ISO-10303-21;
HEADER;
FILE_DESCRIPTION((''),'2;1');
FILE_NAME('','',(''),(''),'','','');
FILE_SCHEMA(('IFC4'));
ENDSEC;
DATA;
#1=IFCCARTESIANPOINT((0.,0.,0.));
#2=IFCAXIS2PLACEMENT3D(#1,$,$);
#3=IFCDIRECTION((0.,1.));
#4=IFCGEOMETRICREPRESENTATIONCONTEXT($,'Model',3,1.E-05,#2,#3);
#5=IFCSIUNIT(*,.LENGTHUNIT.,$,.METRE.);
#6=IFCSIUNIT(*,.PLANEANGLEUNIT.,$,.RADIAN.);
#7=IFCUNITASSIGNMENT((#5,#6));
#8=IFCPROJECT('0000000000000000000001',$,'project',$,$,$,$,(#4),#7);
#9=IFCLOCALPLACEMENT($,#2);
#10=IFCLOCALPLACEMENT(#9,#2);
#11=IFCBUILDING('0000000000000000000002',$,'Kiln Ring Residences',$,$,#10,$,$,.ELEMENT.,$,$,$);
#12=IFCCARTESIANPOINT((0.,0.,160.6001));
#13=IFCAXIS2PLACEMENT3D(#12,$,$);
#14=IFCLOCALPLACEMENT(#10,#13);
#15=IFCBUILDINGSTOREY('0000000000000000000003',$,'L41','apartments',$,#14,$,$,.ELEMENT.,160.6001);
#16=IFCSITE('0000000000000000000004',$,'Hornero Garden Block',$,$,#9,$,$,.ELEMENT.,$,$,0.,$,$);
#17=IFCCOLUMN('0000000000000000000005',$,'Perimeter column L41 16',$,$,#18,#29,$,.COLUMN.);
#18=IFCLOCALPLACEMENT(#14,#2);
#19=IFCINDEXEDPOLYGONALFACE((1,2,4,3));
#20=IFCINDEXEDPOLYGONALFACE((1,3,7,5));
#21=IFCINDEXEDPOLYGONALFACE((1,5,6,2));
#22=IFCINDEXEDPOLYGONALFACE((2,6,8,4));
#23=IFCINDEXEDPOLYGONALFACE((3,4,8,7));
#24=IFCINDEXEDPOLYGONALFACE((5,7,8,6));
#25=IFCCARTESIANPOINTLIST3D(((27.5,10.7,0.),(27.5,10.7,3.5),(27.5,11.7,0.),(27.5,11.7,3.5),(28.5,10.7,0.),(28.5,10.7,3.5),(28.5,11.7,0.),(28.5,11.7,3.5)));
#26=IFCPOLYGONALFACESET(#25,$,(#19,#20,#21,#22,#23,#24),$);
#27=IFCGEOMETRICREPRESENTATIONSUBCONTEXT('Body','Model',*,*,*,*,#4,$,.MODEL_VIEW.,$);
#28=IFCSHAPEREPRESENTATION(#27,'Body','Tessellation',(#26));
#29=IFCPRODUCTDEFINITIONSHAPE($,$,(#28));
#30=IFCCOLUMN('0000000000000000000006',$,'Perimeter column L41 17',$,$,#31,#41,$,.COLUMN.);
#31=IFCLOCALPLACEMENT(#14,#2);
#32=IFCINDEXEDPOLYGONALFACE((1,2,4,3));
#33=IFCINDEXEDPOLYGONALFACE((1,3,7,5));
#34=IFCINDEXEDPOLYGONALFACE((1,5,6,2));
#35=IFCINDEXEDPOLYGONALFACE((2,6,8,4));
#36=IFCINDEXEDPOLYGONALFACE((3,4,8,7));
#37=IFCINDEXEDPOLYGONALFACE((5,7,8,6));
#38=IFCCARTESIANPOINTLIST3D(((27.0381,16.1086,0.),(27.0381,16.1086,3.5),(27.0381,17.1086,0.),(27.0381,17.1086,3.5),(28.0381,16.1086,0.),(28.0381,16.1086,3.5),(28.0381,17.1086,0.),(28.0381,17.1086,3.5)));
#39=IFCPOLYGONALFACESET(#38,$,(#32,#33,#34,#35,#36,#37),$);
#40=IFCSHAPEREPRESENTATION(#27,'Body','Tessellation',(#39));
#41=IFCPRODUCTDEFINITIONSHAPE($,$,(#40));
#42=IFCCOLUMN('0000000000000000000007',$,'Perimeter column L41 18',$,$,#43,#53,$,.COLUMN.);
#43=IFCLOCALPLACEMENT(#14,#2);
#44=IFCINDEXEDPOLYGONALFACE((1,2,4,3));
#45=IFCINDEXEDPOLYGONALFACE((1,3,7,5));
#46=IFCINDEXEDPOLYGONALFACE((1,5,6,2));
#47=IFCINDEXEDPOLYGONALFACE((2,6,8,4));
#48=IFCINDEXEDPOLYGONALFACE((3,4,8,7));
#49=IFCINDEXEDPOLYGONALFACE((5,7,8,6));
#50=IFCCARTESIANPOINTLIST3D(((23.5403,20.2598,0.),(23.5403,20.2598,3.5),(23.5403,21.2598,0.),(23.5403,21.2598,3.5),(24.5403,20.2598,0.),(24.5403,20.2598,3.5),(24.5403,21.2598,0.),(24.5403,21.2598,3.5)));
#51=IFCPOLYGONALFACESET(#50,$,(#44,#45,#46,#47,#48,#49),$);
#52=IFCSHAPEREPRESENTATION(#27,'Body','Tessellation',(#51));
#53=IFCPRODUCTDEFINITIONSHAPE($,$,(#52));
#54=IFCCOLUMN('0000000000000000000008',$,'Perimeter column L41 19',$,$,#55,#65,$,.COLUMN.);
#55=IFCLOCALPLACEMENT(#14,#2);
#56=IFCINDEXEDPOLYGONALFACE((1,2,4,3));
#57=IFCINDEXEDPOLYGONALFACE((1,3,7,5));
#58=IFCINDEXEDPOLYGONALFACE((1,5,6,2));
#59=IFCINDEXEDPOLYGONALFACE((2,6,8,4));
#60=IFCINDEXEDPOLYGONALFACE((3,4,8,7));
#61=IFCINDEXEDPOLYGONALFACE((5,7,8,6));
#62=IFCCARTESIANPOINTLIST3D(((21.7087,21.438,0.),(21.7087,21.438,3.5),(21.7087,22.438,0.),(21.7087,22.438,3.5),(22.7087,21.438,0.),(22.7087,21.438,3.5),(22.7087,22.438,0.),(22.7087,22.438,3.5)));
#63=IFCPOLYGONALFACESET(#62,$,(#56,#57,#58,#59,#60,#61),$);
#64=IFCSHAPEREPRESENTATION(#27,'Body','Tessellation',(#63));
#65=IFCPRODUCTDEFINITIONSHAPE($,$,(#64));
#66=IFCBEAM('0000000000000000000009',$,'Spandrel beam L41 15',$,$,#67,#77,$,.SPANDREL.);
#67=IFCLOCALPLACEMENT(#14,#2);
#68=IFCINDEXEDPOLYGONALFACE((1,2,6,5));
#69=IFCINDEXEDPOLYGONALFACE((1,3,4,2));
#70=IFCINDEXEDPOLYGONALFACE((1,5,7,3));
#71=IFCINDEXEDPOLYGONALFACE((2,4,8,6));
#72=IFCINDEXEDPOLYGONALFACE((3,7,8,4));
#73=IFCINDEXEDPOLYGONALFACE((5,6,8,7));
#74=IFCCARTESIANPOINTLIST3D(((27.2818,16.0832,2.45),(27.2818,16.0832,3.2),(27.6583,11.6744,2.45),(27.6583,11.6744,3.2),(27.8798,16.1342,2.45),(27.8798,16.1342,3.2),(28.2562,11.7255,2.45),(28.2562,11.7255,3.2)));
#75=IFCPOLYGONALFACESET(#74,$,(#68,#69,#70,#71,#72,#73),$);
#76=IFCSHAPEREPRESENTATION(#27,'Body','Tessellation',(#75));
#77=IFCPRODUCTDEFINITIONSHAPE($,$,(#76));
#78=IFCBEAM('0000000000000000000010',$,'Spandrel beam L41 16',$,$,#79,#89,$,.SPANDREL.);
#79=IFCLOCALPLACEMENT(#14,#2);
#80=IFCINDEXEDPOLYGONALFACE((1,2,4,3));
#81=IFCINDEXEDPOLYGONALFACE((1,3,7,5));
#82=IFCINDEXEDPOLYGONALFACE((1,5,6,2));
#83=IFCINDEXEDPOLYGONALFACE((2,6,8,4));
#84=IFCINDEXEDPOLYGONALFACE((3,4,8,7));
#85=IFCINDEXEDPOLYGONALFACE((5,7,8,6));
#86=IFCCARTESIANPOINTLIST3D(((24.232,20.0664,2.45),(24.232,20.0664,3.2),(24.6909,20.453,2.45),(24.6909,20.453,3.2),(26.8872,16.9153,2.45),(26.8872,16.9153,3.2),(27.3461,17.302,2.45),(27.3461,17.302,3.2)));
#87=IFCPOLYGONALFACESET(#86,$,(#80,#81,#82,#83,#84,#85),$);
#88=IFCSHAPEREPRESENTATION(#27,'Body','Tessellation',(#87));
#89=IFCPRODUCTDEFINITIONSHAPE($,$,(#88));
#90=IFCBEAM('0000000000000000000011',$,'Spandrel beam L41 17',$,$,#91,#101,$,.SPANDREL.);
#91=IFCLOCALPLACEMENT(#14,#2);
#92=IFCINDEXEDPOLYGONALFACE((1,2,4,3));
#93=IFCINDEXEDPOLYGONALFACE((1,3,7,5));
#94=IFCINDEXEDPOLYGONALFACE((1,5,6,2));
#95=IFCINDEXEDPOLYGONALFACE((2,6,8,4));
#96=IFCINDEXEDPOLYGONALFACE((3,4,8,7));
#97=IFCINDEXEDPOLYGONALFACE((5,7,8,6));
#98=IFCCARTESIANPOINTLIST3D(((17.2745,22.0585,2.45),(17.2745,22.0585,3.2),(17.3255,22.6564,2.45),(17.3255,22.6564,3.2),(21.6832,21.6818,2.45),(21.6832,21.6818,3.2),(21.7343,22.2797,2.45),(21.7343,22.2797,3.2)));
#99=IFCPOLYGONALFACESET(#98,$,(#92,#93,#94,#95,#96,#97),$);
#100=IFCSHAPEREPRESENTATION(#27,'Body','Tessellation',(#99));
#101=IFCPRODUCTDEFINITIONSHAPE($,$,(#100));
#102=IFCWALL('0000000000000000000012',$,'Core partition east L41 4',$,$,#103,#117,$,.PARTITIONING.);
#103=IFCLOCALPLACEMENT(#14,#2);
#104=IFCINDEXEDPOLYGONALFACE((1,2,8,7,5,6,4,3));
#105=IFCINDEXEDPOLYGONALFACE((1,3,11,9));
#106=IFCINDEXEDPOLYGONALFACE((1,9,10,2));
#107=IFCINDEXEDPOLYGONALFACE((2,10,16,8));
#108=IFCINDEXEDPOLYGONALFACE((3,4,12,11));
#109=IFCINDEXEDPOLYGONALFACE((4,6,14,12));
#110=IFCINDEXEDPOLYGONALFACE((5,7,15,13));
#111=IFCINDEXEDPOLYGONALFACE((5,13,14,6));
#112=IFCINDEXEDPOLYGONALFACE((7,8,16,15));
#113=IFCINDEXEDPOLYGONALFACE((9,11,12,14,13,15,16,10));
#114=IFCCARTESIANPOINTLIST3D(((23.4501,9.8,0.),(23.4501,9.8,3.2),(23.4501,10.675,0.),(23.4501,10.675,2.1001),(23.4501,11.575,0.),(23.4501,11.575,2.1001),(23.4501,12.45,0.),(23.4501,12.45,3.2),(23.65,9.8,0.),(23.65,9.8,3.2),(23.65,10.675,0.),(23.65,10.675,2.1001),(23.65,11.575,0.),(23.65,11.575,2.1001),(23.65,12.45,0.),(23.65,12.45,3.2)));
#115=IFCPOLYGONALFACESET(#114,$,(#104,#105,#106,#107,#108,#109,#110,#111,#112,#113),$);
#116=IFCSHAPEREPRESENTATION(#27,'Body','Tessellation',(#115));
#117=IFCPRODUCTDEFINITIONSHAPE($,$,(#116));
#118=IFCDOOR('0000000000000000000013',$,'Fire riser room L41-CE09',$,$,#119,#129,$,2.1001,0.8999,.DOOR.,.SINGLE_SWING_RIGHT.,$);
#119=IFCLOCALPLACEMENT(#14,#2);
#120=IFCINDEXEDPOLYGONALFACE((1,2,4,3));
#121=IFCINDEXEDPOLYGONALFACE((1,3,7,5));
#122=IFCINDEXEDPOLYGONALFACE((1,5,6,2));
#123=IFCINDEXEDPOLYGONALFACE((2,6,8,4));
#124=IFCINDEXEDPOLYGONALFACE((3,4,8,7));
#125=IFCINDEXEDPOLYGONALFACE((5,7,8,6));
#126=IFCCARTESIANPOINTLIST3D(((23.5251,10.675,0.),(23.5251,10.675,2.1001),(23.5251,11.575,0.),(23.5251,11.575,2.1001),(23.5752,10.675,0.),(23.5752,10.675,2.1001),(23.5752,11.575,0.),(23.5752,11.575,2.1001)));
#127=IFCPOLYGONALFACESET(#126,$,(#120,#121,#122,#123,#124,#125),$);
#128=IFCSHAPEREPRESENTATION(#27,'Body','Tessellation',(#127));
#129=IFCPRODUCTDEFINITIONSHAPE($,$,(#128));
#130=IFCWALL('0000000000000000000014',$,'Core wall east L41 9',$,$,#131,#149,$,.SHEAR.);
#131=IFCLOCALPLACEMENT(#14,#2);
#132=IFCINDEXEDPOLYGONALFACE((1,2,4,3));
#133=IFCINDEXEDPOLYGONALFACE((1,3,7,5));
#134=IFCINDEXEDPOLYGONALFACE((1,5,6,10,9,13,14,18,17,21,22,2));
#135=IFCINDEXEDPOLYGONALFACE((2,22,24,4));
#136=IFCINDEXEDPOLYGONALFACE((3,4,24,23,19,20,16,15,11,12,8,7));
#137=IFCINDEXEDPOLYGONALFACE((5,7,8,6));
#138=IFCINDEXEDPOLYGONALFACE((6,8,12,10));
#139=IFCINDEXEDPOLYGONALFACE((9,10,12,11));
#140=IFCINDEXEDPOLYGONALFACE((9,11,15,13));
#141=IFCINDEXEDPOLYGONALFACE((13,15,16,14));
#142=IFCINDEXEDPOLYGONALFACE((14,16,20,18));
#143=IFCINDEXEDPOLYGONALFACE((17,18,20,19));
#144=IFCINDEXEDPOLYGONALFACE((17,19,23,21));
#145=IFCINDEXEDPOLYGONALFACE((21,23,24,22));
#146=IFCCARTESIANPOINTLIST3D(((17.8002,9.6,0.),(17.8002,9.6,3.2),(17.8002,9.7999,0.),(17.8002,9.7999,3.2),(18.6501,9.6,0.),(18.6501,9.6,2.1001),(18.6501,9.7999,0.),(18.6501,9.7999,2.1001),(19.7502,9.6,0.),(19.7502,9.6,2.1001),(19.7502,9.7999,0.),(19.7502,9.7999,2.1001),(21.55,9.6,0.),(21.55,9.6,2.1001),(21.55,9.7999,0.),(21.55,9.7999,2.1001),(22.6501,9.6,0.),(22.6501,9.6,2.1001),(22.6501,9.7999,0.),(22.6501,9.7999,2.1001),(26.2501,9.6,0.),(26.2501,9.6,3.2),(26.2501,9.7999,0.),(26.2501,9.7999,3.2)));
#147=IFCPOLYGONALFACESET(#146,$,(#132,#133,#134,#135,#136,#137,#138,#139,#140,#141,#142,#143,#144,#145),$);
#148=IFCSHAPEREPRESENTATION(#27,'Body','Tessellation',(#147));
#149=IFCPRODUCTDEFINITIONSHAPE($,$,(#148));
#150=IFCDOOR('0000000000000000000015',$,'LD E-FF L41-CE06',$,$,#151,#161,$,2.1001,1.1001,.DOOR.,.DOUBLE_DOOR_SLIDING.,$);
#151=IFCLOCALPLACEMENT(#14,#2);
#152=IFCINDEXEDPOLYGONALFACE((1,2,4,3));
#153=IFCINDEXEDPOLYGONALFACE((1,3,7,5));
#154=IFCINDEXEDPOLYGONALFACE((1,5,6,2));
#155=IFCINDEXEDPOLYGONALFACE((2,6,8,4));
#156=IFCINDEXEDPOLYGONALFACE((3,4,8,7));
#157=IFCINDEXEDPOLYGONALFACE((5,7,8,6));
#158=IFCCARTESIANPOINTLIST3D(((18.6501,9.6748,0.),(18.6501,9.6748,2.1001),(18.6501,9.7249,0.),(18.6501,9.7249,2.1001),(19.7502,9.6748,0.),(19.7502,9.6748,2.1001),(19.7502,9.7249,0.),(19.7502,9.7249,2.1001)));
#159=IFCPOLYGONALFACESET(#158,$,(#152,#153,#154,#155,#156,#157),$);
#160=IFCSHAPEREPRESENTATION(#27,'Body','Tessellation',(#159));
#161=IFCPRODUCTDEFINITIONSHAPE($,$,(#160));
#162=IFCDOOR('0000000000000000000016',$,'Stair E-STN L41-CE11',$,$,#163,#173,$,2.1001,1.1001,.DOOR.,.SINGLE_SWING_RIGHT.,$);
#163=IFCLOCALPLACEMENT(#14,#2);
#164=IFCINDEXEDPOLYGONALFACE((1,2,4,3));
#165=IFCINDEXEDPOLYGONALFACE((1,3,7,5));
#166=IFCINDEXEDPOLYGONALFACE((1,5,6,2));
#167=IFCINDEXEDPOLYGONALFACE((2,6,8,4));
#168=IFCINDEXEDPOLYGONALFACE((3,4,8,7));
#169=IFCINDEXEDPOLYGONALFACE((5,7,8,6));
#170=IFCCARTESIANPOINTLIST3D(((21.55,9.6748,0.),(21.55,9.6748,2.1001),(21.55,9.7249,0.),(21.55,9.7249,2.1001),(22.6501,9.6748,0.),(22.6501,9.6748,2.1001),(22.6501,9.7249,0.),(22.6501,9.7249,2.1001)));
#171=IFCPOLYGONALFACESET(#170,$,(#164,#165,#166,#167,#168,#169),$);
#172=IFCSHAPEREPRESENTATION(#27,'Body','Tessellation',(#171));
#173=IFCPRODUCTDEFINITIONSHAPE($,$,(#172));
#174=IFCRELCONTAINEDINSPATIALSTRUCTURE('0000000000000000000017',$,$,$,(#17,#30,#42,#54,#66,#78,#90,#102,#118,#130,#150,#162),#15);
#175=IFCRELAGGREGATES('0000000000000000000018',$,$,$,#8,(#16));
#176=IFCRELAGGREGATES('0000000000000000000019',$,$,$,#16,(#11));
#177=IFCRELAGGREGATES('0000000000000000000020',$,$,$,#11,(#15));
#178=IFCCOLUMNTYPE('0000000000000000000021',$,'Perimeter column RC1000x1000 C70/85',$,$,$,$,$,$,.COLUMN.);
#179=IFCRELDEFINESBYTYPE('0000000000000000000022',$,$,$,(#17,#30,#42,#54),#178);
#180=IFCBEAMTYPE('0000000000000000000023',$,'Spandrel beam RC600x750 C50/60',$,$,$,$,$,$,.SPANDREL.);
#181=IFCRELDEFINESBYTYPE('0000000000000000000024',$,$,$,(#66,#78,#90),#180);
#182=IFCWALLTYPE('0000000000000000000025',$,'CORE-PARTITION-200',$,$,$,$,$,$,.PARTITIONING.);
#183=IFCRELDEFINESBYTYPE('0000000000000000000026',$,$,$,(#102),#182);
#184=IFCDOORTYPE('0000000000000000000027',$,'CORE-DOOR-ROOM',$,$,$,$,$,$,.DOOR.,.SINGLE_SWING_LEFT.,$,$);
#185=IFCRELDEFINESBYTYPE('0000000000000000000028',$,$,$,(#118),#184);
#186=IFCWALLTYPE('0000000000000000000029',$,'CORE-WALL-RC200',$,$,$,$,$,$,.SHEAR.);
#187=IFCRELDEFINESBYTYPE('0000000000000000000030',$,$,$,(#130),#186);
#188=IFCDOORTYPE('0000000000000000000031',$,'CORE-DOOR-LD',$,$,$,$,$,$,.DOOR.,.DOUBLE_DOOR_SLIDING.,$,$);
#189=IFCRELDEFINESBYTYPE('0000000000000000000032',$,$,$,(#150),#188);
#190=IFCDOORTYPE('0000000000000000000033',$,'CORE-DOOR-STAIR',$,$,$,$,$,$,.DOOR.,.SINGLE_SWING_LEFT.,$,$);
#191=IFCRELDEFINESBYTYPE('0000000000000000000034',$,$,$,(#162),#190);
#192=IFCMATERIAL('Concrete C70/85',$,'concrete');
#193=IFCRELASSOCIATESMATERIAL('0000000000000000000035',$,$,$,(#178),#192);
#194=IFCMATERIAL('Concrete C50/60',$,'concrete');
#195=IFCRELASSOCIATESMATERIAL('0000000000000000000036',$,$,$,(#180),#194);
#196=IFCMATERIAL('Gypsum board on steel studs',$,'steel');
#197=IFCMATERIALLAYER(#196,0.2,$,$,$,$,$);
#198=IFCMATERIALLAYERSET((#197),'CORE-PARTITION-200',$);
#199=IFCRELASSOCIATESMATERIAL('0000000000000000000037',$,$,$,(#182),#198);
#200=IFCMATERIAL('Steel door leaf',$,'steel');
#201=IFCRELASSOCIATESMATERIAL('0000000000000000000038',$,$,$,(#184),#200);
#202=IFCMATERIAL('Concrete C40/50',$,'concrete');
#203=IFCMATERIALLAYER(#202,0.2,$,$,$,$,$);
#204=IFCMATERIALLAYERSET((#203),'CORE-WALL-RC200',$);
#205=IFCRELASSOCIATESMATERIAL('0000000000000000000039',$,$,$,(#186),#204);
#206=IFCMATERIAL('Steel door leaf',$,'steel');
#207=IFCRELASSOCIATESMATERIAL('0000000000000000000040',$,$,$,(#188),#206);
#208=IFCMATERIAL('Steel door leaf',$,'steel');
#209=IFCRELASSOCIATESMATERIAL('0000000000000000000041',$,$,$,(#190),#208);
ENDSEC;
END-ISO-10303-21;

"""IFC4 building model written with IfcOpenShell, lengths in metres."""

from ifc_helpers import new_model, si_unit, direction, frame, frame_2d, origin, origin_2d, place, context, subcontext, project, spatial, rectangle, extrude, material, layer, layer_set, material_profile, profile_set, type_object, element, fill, save


model = new_model("IFC4")

# Units and contexts
model_context = context("Model", 3, precision=1e-05, world=origin(), true_north=direction((0.0, 1.0)))
body_context = subcontext(model_context, "Body", "Model", "MODEL_VIEW")
ifc_project = project(units=[si_unit("LENGTHUNIT", "METRE"), si_unit("PLANEANGLEUNIT", "RADIAN")], contexts=[model_context])

# Site, building, storey
site_placement = place(None, origin())
site = spatial("IfcSite", under=ifc_project, at=site_placement, Name="Hornero Garden Block", CompositionType="ELEMENT", RefElevation=0.0)
building_placement = place(site_placement, origin())
building = spatial("IfcBuilding", under=site, at=building_placement, Name="Kiln Ring Residences", CompositionType="ELEMENT")
storey_placement = place(building_placement, frame((0.0, 0.0, 160.6001)))
storey = spatial("IfcBuildingStorey", under=building, at=storey_placement, Name="L41", Description="apartments", CompositionType="ELEMENT", Elevation=160.6001)

# Columns
ifc_material_1 = material(Name="Concrete C70/85", Category="concrete")
ifc_material_profile_1 = material_profile(ifc_material_1, rectangle(XDim=1.0, YDim=1.0, at=origin_2d()), Name="RC1000x1000")
ifc_profile_set_1 = profile_set([ifc_material_profile_1], Name="Concrete C70/85")
column_type = type_object("IfcColumnType", Name="Perimeter column RC1000x1000 C70/85", PredefinedType="COLUMN", material=ifc_profile_set_1)
for number, where, z_axis, x_axis, name in (
    (1, (28.0, 11.2, 0.0), (0.0, 0.0, 1.0), (1.0, 0.0, 0.0), "Perimeter column L41 16"),
    (2, (27.5381, 16.6086, 0.0), (0.0, 0.0, 1.0), (1.0, 0.0, 0.0), "Perimeter column L41 17"),
    (3, (24.0403, 20.7598, 0.0), (0.0, 0.0, 1.0), (1.0, 0.0, 0.0), "Perimeter column L41 18"),
    (4, (22.2087, 21.938, 0.0), (0.0, 0.0, 1.0), (1.0, 0.0, 0.0), "Perimeter column L41 19"),
):
    element("IfcColumn", number, at=place(storey_placement, frame(where, z_axis=z_axis, x_axis=x_axis)), inside=storey, type_object=column_type, Name=name, PredefinedType="COLUMN", context=body_context, shape_type="SweptSolid", body=[
        extrude(rectangle(XDim=1.0, YDim=1.0, at=origin_2d()), origin(), (0.0, 0.0, 1.0), 3.5),
    ])

# Beams
ifc_material_2 = material(Name="Concrete C50/60", Category="concrete")
ifc_material_profile_2 = material_profile(ifc_material_2, rectangle(XDim=0.6001, YDim=0.75, at=origin_2d()), Name="RC600x750")
ifc_profile_set_2 = profile_set([ifc_material_profile_2], Name="Concrete C50/60")
beam_type = type_object("IfcBeamType", Name="Spandrel beam RC600x750 C50/60", PredefinedType="SPANDREL", material=ifc_profile_set_2)
beam_1_placement = place(storey_placement, frame((27.9573, 11.7, 2.825), z_axis=(-0.085082, 0.996374, 0.0), x_axis=(-0.996374, -0.085082, 0.0)))
element("IfcBeam", 5, at=beam_1_placement, inside=storey, type_object=beam_type, Name="Spandrel beam L41 15", PredefinedType="SPANDREL", context=body_context, shape_type="SweptSolid", body=[
    extrude(rectangle(XDim=0.6001, YDim=0.75, at=origin_2d()), origin(), (0.0, 0.0, 1.0), 4.4248),
])
beam_2_placement = place(storey_placement, frame((27.1167, 17.1086, 2.825), z_axis=(-0.644377, 0.764708, 0.0), x_axis=(-0.764708, -0.644377, 0.0)))
element("IfcBeam", 6, at=beam_2_placement, inside=storey, type_object=beam_type, Name="Spandrel beam L41 16", PredefinedType="SPANDREL", context=body_context, shape_type="SweptSolid", body=[
    extrude(rectangle(XDim=0.6001, YDim=0.75, at=origin_2d()), origin(), (0.0, 0.0, 1.0), 4.1206),
])
beam_3_placement = place(storey_placement, frame((21.7087, 21.9807, 2.825), z_axis=(-0.996369, 0.085137, 0.0), x_axis=(-0.085137, -0.996369, 0.0)))
element("IfcBeam", 7, at=beam_3_placement, inside=storey, type_object=beam_type, Name="Spandrel beam L41 17", PredefinedType="SPANDREL", context=body_context, shape_type="SweptSolid", body=[
    extrude(rectangle(XDim=0.6001, YDim=0.75, at=origin_2d()), origin(), (0.0, 0.0, 1.0), 4.4248),
])

# Wall, opening, door
ifc_material_3 = material(Name="Gypsum board on steel studs", Category="steel")
ifc_layer_1 = layer(ifc_material_3, 0.2)
ifc_layer_set_1 = layer_set([ifc_layer_1], Name="CORE-PARTITION-200")
wall_type_1 = type_object("IfcWallType", Name="CORE-PARTITION-200", PredefinedType="PARTITIONING", material=ifc_layer_set_1)
wall_1_placement = place(storey_placement, frame((23.55, 9.8, 0.0), z_axis=(0.0, 0.0, 1.0), x_axis=(0.0, 1.0, 0.0)))
wall_1 = element("IfcWall", 8, at=wall_1_placement, inside=storey, type_object=wall_type_1, Name="Core partition east L41 4", PredefinedType="PARTITIONING", context=body_context, shape_type="SweptSolid", body=[
    extrude(rectangle(XDim=2.6499, YDim=0.2, at=frame_2d((1.325, 0.0))), origin(), (0.0, 0.0, 1.0), 3.2),
])
opening_1_placement = place(wall_1_placement, frame((0.875, 0.0, 0.0)))
opening_1 = element("IfcOpeningElement", 9, at=opening_1_placement, cuts=wall_1, PredefinedType="OPENING", context=body_context, shape_type="SweptSolid", body=[
    extrude(rectangle(XDim=0.8999, YDim=2.1001, at=frame_2d((0.45, 1.05))), frame((0.0, 0.1099, 0.0), z_axis=(0.0, -1.0, 0.0), x_axis=(1.0, 0.0, 0.0)), (0.0, 0.0, 1.0), 0.22),
])
ifc_material_4 = material(Name="Steel door leaf", Category="steel")
door_type_1 = type_object("IfcDoorType", Name="CORE-DOOR-ROOM", OperationType="SINGLE_SWING_LEFT", PredefinedType="DOOR", material=ifc_material_4)
door_1_placement = place(opening_1_placement, origin())
door_1 = element("IfcDoor", 10, at=door_1_placement, inside=storey, type_object=door_type_1, Name="Fire riser room L41-CE09", OperationType="SINGLE_SWING_RIGHT", OverallHeight=2.1001, OverallWidth=0.8999, PredefinedType="DOOR", context=body_context, shape_type="SweptSolid", body=[
    extrude(rectangle(XDim=0.8999, YDim=2.1001, at=frame_2d((0.45, 1.05))), frame((0.0, 0.0249, 0.0), z_axis=(0.0, -1.0, 0.0), x_axis=(1.0, 0.0, 0.0)), (0.0, 0.0, 1.0), 0.05),
])
fill(opening_1, door_1)

# Wall, openings, doors
ifc_material_5 = material(Name="Concrete C40/50", Category="concrete")
ifc_layer_2 = layer(ifc_material_5, 0.2)
ifc_layer_set_2 = layer_set([ifc_layer_2], Name="CORE-WALL-RC200")
wall_type_2 = type_object("IfcWallType", Name="CORE-WALL-RC200", PredefinedType="SHEAR", material=ifc_layer_set_2)
wall_2_placement = place(storey_placement, frame((17.8, 9.7, 0.0), z_axis=(0.0, 0.0, 1.0), x_axis=(1.0, 0.0, 0.0)))
wall_2 = element("IfcWall", 11, at=wall_2_placement, inside=storey, type_object=wall_type_2, Name="Core wall east L41 9", PredefinedType="SHEAR", context=body_context, shape_type="SweptSolid", body=[
    extrude(rectangle(XDim=8.45, YDim=0.2, at=frame_2d((4.2251, 0.0))), origin(), (0.0, 0.0, 1.0), 3.2),
])
opening_2_placement = place(wall_2_placement, frame((0.8501, 0.0, 0.0)))
opening_2 = element("IfcOpeningElement", 12, at=opening_2_placement, cuts=wall_2, PredefinedType="OPENING", context=body_context, shape_type="SweptSolid", body=[
    extrude(rectangle(XDim=1.1001, YDim=2.1001, at=frame_2d((0.55, 1.05))), frame((0.0, 0.1099, 0.0), z_axis=(0.0, -1.0, 0.0), x_axis=(1.0, 0.0, 0.0)), (0.0, 0.0, 1.0), 0.22),
])
opening_3_placement = place(wall_2_placement, frame((3.75, 0.0, 0.0)))
opening_3 = element("IfcOpeningElement", 13, at=opening_3_placement, cuts=wall_2, PredefinedType="OPENING", context=body_context, shape_type="SweptSolid", body=[
    extrude(rectangle(XDim=1.1001, YDim=2.1001, at=frame_2d((0.55, 1.05))), frame((0.0, 0.1099, 0.0), z_axis=(0.0, -1.0, 0.0), x_axis=(1.0, 0.0, 0.0)), (0.0, 0.0, 1.0), 0.22),
])
ifc_material_6 = material(Name="Steel door leaf", Category="steel")
door_type_2 = type_object("IfcDoorType", Name="CORE-DOOR-LD", OperationType="DOUBLE_DOOR_SLIDING", PredefinedType="DOOR", material=ifc_material_6)
door_2_placement = place(opening_2_placement, origin())
door_2 = element("IfcDoor", 14, at=door_2_placement, inside=storey, type_object=door_type_2, Name="LD E-FF L41-CE06", OperationType="DOUBLE_DOOR_SLIDING", OverallHeight=2.1001, OverallWidth=1.1001, PredefinedType="DOOR", context=body_context, shape_type="SweptSolid", body=[
    extrude(rectangle(XDim=1.1001, YDim=2.1001, at=frame_2d((0.55, 1.05))), frame((0.0, 0.0249, 0.0), z_axis=(0.0, -1.0, 0.0), x_axis=(1.0, 0.0, 0.0)), (0.0, 0.0, 1.0), 0.05),
])
fill(opening_2, door_2)
ifc_material_7 = material(Name="Steel door leaf", Category="steel")
door_type_3 = type_object("IfcDoorType", Name="CORE-DOOR-STAIR", OperationType="SINGLE_SWING_LEFT", PredefinedType="DOOR", material=ifc_material_7)
door_3_placement = place(opening_3_placement, origin())
door_3 = element("IfcDoor", 15, at=door_3_placement, inside=storey, type_object=door_type_3, Name="Stair E-STN L41-CE11", OperationType="SINGLE_SWING_RIGHT", OverallHeight=2.1001, OverallWidth=1.1001, PredefinedType="DOOR", context=body_context, shape_type="SweptSolid", body=[
    extrude(rectangle(XDim=1.1001, YDim=2.1001, at=frame_2d((0.55, 1.05))), frame((0.0, 0.0249, 0.0), z_axis=(0.0, -1.0, 0.0), x_axis=(1.0, 0.0, 0.0)), (0.0, 0.0, 1.0), 0.05),
])
fill(opening_3, door_3)

save(model, "model.ifc")
